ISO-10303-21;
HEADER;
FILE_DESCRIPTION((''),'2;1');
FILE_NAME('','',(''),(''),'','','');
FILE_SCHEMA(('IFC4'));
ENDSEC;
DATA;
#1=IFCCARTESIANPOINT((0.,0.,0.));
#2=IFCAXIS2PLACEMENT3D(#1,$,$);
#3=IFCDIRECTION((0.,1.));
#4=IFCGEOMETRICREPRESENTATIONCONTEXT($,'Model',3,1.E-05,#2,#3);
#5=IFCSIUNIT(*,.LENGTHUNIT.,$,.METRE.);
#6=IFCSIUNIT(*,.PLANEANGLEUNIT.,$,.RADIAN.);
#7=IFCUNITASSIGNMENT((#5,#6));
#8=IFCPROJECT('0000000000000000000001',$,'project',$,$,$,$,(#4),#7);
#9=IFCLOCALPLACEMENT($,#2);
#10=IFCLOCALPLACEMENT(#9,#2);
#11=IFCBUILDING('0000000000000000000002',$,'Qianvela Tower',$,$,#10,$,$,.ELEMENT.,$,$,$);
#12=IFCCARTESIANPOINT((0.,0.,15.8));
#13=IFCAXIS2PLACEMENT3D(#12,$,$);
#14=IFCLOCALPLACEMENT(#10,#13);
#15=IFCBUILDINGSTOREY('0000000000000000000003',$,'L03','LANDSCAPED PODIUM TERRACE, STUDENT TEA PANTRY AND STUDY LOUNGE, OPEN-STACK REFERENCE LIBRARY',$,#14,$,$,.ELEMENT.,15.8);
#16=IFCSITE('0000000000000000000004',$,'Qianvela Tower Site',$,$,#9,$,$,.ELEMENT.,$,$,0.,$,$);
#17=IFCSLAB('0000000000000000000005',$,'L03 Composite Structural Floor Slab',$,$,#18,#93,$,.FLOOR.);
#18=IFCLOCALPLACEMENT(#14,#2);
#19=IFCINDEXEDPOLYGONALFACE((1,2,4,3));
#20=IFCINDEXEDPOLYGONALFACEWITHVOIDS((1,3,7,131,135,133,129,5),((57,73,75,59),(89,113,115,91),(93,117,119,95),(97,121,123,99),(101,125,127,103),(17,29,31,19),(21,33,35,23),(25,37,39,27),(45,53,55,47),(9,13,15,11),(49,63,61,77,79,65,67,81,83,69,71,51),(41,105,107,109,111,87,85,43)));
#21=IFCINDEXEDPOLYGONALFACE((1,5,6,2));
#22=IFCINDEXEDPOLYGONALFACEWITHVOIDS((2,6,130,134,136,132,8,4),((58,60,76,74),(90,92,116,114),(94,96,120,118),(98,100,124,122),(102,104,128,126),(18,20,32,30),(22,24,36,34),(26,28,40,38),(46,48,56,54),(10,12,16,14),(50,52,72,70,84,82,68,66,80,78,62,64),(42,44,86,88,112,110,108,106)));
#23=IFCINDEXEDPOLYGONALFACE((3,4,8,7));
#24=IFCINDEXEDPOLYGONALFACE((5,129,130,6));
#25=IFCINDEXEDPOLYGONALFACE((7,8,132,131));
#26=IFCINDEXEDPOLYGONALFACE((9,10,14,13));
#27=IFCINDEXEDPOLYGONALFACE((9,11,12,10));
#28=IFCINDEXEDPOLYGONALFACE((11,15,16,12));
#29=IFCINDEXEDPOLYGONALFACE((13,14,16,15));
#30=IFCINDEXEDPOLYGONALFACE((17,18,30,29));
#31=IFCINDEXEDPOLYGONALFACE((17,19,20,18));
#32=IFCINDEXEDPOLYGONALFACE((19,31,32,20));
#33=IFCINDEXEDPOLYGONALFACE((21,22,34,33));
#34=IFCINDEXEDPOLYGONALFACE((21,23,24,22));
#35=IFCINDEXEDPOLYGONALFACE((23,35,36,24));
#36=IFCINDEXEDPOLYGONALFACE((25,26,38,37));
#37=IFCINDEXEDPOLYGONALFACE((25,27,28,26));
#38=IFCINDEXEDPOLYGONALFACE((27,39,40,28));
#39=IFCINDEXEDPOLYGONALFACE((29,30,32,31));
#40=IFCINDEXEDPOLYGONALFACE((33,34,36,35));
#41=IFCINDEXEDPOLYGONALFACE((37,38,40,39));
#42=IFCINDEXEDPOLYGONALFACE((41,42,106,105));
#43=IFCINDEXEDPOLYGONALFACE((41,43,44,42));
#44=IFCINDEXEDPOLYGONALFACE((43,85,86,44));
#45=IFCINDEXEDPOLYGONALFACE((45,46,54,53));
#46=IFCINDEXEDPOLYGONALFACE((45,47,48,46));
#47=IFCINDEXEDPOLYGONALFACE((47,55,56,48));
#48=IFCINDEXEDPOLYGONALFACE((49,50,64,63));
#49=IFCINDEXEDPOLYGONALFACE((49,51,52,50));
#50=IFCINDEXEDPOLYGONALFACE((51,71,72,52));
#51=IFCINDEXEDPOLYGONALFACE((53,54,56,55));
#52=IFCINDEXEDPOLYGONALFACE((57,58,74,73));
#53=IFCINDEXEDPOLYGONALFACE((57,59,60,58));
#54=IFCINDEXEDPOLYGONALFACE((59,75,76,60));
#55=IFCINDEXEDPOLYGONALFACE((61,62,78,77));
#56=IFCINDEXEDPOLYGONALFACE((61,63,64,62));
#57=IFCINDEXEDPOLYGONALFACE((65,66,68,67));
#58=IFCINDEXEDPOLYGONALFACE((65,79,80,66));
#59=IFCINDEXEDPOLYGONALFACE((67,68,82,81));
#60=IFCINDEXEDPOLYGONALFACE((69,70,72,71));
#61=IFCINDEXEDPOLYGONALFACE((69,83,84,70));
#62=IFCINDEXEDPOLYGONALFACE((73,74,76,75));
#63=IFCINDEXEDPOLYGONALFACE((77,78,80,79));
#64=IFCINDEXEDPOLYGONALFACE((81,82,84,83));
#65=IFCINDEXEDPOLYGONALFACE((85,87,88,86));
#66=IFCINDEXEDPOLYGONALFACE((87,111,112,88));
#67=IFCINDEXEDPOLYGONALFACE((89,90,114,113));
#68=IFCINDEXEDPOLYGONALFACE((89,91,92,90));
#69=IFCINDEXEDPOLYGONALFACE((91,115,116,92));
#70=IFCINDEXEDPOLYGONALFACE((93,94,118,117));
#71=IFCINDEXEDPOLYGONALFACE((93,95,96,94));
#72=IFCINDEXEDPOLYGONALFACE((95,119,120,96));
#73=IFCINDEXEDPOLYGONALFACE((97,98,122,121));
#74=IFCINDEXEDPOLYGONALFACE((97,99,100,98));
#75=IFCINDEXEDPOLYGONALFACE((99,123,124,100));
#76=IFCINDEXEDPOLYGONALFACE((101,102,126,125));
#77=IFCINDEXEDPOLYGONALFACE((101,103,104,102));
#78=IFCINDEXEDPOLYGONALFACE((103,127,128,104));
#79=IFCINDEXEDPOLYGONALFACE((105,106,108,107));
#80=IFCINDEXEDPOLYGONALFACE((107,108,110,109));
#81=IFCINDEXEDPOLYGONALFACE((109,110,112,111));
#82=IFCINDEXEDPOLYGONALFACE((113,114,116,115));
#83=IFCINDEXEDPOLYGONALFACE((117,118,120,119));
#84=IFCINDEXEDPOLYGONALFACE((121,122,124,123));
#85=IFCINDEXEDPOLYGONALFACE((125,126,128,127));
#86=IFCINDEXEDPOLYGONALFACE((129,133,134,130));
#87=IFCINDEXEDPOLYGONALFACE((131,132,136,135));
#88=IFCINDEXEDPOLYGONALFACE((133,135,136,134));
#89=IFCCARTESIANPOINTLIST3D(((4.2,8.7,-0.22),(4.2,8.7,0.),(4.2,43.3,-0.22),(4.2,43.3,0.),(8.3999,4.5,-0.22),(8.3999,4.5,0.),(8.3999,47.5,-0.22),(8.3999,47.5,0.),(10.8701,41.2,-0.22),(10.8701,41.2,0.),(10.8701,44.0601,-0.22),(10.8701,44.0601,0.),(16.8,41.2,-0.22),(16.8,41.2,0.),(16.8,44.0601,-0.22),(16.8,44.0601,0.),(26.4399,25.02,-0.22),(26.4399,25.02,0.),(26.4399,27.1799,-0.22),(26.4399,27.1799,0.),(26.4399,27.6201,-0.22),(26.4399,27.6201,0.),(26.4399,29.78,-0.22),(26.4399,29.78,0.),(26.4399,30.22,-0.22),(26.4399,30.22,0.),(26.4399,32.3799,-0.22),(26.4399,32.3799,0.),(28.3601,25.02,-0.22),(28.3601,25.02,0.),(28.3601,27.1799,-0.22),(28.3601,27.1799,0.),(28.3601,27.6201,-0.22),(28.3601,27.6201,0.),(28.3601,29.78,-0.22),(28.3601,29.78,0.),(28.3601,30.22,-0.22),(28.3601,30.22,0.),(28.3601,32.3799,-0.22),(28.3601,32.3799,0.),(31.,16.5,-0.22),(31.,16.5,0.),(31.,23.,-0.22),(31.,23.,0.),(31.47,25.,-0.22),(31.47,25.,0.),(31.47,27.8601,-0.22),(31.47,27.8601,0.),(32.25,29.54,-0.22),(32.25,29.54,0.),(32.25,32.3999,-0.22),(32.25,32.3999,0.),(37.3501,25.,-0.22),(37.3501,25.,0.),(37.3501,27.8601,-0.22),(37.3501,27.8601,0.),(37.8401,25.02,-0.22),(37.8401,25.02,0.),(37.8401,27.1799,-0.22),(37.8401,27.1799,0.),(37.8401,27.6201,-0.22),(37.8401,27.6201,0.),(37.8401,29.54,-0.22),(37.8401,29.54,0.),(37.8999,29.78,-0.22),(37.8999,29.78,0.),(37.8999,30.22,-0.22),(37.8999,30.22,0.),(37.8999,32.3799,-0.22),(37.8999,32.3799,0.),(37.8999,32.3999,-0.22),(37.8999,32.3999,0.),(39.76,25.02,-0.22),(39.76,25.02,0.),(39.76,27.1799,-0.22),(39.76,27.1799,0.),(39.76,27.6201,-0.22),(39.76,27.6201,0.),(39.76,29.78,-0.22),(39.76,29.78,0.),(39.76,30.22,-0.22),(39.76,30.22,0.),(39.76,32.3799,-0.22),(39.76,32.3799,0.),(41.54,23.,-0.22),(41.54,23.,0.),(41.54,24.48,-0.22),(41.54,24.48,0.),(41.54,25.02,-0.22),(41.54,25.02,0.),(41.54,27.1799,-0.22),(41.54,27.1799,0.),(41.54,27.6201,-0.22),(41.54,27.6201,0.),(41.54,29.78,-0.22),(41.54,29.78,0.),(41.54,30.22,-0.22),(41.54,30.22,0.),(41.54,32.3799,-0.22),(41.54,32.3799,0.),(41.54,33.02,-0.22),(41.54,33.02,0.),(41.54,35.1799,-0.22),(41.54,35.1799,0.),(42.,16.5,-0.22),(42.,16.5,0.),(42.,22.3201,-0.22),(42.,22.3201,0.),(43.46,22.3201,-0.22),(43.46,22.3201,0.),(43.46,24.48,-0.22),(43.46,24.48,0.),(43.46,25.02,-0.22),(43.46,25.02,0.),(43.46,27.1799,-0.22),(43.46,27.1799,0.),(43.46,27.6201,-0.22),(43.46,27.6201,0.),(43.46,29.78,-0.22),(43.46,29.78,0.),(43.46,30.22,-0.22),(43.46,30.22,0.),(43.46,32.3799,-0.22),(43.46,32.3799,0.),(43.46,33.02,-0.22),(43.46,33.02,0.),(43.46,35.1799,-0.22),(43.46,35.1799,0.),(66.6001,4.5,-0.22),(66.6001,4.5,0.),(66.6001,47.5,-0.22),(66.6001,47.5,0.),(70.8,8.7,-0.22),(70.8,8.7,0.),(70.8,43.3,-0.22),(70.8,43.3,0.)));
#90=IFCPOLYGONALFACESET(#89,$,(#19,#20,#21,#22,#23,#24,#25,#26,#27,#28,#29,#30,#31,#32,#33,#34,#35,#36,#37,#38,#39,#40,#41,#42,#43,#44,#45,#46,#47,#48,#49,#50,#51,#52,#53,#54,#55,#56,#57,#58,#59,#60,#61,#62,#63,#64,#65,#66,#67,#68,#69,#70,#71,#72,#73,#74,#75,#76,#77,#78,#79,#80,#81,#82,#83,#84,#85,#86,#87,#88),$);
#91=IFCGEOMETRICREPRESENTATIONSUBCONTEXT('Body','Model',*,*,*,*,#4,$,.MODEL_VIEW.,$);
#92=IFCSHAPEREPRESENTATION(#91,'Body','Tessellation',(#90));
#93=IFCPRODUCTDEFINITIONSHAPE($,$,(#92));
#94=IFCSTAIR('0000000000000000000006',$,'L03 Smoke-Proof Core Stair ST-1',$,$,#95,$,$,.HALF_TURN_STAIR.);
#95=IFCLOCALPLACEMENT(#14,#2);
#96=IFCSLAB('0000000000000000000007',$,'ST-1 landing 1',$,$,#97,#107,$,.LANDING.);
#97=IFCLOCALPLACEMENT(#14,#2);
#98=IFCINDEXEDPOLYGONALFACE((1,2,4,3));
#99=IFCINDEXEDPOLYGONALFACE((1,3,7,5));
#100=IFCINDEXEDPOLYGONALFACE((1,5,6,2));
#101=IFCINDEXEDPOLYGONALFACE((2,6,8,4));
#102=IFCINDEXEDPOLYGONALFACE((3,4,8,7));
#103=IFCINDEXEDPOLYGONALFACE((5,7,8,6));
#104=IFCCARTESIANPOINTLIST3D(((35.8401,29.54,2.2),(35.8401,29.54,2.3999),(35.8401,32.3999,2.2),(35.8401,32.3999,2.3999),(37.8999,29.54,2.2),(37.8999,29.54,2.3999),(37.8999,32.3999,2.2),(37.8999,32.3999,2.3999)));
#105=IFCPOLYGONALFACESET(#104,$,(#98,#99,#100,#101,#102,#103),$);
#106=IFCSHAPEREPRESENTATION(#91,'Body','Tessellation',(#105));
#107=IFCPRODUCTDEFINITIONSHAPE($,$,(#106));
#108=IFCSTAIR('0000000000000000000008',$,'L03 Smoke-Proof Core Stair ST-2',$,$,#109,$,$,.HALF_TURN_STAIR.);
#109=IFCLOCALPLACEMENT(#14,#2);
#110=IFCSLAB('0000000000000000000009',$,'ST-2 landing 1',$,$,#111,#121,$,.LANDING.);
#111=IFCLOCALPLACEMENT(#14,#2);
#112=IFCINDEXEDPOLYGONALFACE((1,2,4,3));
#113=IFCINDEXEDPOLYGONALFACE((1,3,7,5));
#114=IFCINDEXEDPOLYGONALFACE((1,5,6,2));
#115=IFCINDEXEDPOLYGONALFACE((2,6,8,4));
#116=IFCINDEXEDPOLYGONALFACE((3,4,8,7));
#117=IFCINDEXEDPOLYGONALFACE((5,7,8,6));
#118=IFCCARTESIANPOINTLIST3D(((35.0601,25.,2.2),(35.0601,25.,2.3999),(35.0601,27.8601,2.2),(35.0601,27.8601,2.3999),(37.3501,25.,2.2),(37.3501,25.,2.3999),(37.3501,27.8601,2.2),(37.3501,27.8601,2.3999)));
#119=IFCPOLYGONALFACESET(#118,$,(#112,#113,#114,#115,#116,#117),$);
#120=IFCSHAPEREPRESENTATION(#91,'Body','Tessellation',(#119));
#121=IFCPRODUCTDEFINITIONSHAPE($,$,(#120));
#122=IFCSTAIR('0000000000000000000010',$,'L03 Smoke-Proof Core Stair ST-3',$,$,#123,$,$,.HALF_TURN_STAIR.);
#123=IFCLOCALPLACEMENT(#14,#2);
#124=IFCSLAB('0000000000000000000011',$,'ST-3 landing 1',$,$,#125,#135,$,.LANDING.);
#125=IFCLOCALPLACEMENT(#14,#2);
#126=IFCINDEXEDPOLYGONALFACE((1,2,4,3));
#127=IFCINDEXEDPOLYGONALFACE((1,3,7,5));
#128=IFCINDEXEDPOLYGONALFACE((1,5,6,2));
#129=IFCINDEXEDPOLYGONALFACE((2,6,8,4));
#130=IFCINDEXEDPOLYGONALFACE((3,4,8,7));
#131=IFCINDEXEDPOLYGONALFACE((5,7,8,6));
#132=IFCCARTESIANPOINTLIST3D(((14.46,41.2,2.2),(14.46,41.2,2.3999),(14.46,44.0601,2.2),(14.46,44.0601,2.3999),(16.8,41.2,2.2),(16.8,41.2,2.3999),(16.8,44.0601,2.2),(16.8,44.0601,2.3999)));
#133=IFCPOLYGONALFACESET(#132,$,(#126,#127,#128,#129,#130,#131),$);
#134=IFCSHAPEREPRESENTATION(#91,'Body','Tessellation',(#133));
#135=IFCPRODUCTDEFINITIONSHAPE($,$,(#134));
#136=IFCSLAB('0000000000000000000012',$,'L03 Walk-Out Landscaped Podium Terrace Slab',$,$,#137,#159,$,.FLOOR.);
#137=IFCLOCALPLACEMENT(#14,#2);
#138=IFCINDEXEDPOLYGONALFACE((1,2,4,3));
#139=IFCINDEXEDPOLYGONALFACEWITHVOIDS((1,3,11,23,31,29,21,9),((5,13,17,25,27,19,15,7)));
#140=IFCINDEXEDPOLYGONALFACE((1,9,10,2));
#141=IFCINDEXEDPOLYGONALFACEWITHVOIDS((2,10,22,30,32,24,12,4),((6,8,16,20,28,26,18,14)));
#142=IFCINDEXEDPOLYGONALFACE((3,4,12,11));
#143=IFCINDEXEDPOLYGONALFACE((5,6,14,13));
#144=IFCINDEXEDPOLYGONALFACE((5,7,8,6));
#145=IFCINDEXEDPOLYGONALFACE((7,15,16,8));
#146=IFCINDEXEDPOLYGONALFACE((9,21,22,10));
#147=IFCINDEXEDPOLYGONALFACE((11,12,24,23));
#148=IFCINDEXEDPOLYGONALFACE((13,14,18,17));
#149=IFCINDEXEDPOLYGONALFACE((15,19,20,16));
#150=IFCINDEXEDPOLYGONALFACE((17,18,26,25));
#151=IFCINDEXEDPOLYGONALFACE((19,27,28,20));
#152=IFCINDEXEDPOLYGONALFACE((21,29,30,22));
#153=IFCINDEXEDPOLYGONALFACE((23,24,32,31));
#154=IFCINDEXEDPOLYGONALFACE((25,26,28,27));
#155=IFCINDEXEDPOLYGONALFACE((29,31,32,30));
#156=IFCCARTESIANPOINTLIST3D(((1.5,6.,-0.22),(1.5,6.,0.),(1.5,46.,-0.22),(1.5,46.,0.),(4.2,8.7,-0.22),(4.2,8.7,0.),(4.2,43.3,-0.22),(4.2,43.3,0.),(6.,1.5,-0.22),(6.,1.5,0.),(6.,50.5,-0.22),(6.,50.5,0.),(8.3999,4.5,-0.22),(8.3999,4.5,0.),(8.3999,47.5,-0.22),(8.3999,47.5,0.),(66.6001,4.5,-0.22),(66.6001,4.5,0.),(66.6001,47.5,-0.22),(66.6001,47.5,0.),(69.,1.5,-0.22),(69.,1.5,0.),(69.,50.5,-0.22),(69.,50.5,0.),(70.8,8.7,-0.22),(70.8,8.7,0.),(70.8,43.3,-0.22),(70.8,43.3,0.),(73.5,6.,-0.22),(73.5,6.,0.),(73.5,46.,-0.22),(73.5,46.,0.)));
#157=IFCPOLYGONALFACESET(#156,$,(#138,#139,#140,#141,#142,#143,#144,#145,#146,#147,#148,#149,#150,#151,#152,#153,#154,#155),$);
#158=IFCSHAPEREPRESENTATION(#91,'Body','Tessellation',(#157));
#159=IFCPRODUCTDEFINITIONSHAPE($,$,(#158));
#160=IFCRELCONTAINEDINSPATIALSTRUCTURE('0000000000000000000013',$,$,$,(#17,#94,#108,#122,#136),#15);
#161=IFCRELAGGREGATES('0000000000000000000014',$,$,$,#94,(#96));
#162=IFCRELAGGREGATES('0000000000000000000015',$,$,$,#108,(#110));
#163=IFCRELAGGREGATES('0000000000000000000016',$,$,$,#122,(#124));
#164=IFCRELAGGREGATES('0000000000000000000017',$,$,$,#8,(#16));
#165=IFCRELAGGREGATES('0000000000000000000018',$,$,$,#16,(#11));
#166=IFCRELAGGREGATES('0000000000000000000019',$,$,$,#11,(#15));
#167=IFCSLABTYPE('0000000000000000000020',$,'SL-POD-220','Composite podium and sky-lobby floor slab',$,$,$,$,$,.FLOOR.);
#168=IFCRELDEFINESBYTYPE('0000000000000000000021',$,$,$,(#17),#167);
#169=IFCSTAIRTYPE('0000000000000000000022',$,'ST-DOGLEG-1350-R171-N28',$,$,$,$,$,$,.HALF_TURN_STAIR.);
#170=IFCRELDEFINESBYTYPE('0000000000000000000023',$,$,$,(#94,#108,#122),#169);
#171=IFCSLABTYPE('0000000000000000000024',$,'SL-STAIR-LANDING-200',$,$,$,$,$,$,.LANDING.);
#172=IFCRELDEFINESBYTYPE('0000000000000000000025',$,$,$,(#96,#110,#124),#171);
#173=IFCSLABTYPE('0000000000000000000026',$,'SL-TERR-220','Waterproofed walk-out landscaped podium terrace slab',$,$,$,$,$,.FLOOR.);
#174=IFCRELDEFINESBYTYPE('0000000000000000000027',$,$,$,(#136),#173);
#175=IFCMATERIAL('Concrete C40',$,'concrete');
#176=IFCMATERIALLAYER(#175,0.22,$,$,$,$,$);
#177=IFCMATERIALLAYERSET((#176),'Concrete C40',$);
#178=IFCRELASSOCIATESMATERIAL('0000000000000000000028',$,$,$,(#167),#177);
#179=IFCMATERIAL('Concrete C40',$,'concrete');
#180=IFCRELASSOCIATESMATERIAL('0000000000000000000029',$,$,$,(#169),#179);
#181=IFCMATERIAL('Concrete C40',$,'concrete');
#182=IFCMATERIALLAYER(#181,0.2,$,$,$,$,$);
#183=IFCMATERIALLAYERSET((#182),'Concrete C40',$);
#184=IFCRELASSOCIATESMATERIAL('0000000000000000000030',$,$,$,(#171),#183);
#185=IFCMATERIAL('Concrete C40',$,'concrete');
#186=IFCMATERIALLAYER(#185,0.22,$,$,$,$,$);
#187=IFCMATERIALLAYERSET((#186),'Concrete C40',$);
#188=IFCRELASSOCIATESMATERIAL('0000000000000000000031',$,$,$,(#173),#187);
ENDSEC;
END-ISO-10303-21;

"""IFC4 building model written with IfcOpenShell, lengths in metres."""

from ifc_helpers import new_model, si_unit, direction, frame, origin, place, context, subcontext, project, spatial, polyline, outline, extrude, material, layer, layer_set, type_object, element, aggregate, save


model = new_model("IFC4")

# Units and contexts
model_context = context("Model", 3, precision=1e-05, world=origin(), true_north=direction((0.0, 1.0)))
body_context = subcontext(model_context, "Body", "Model", "MODEL_VIEW")
ifc_project = project(units=[si_unit("LENGTHUNIT", "METRE"), si_unit("PLANEANGLEUNIT", "RADIAN")], contexts=[model_context])

# Site, building, storey
site_placement = place(None, origin())
site = spatial("IfcSite", under=ifc_project, at=site_placement, Name="Qianvela Tower Site", CompositionType="ELEMENT", RefElevation=0.0)
building_placement = place(site_placement, origin())
building = spatial("IfcBuilding", under=site, at=building_placement, Name="Qianvela Tower", CompositionType="ELEMENT")
storey_placement = place(building_placement, frame((0.0, 0.0, 15.8)))
storey = spatial("IfcBuildingStorey", under=building, at=storey_placement, Name="L03", Description="LANDSCAPED PODIUM TERRACE, STUDENT TEA PANTRY AND STUDY LOUNGE, OPEN-STACK REFERENCE LIBRARY", CompositionType="ELEMENT", Elevation=15.8)

# Slab
ifc_material_1 = material(Name="Concrete C40", Category="concrete")
ifc_layer_1 = layer(ifc_material_1, 0.22)
ifc_layer_set_1 = layer_set([ifc_layer_1], Name="Concrete C40")
slab_type_1 = type_object("IfcSlabType", Name="SL-POD-220", Description="Composite podium and sky-lobby floor slab", PredefinedType="FLOOR", material=ifc_layer_set_1)
slab_1_placement = place(storey_placement, frame((0.0, 0.0, -0.22)))
element("IfcSlab", 1, at=slab_1_placement, inside=storey, type_object=slab_type_1, Name="L03 Composite Structural Floor Slab", PredefinedType="FLOOR", context=body_context, shape_type="SweptSolid", body=[
    extrude(outline(polyline([(8.3999, 4.5), (66.6001, 4.5), (70.8, 8.7), (70.8, 43.3), (66.6001, 47.5), (8.3999, 47.5), (4.2, 43.3), (4.2, 8.7), (8.3999, 4.5)]), holes=[polyline([(42.0, 22.3201), (43.46, 22.3201), (43.46, 24.48), (41.54, 24.48), (41.54, 23.0), (31.0, 23.0), (31.0, 16.5), (42.0, 16.5), (42.0, 22.3201)]), polyline([(28.3601, 25.02), (28.3601, 27.1799), (26.4399, 27.1799), (26.4399, 25.02), (28.3601, 25.02)]), polyline([(37.3501, 25.0), (37.3501, 27.8601), (31.47, 27.8601), (31.47, 25.0), (37.3501, 25.0)]), polyline([(28.3601, 27.6201), (28.3601, 29.78), (26.4399, 29.78), (26.4399, 27.6201), (28.3601, 27.6201)]), polyline([(37.8999, 32.3799), (37.8999, 32.3999), (32.25, 32.3999), (32.25, 29.54), (37.8401, 29.54), (37.8401, 27.6201), (39.76, 27.6201), (39.76, 29.78), (37.8999, 29.78), (37.8999, 30.22), (39.76, 30.22), (39.76, 32.3799), (37.8999, 32.3799)]), polyline([(28.3601, 30.22), (28.3601, 32.3799), (26.4399, 32.3799), (26.4399, 30.22), (28.3601, 30.22)]), polyline([(16.8, 41.2), (16.8, 44.0601), (10.8701, 44.0601), (10.8701, 41.2), (16.8, 41.2)]), polyline([(39.76, 25.02), (39.76, 27.1799), (37.8401, 27.1799), (37.8401, 25.02), (39.76, 25.02)]), polyline([(43.46, 25.02), (43.46, 27.1799), (41.54, 27.1799), (41.54, 25.02), (43.46, 25.02)]), polyline([(43.46, 27.6201), (43.46, 29.78), (41.54, 29.78), (41.54, 27.6201), (43.46, 27.6201)]), polyline([(43.46, 30.22), (43.46, 32.3799), (41.54, 32.3799), (41.54, 30.22), (43.46, 30.22)]), polyline([(43.46, 33.02), (43.46, 35.1799), (41.54, 35.1799), (41.54, 33.02), (43.46, 33.02)])]), origin(), (0.0, 0.0, 1.0), 0.22),
])

# Stairs, slabs
ifc_material_2 = material(Name="Concrete C40", Category="concrete")
stair_type = type_object("IfcStairType", Name="ST-DOGLEG-1350-R171-N28", PredefinedType="HALF_TURN_STAIR", material=ifc_material_2)
stair_1_placement = place(storey_placement, origin())
stair_1 = element("IfcStair", 2, at=stair_1_placement, inside=storey, type_object=stair_type, Name="L03 Smoke-Proof Core Stair ST-1", PredefinedType="HALF_TURN_STAIR")
ifc_material_3 = material(Name="Concrete C40", Category="concrete")
ifc_layer_2 = layer(ifc_material_3, 0.2)
ifc_layer_set_2 = layer_set([ifc_layer_2], Name="Concrete C40")
slab_type_2 = type_object("IfcSlabType", Name="SL-STAIR-LANDING-200", PredefinedType="LANDING", material=ifc_layer_set_2)
slab_2_placement = place(storey_placement, frame((0.0, 0.0, 2.2)))
slab_2 = element("IfcSlab", 3, at=slab_2_placement, type_object=slab_type_2, Name="ST-1 landing 1", PredefinedType="LANDING", context=body_context, shape_type="SweptSolid", body=[
    extrude(outline(polyline([(35.8401, 29.54), (37.8999, 29.54), (37.8999, 32.3999), (35.8401, 32.3999), (35.8401, 29.54)])), origin(), (0.0, 0.0, 1.0), 0.2),
])
aggregate(stair_1, [slab_2])
stair_2_placement = place(storey_placement, origin())
stair_2 = element("IfcStair", 4, at=stair_2_placement, inside=storey, type_object=stair_type, Name="L03 Smoke-Proof Core Stair ST-2", PredefinedType="HALF_TURN_STAIR")
slab_3_placement = place(storey_placement, frame((0.0, 0.0, 2.2)))
slab_3 = element("IfcSlab", 5, at=slab_3_placement, type_object=slab_type_2, Name="ST-2 landing 1", PredefinedType="LANDING", context=body_context, shape_type="SweptSolid", body=[
    extrude(outline(polyline([(35.0601, 25.0), (37.3501, 25.0), (37.3501, 27.8601), (35.0601, 27.8601), (35.0601, 25.0)])), origin(), (0.0, 0.0, 1.0), 0.2),
])
aggregate(stair_2, [slab_3])
stair_3_placement = place(storey_placement, origin())
stair_3 = element("IfcStair", 6, at=stair_3_placement, inside=storey, type_object=stair_type, Name="L03 Smoke-Proof Core Stair ST-3", PredefinedType="HALF_TURN_STAIR")
slab_4_placement = place(storey_placement, frame((0.0, 0.0, 2.2)))
slab_4 = element("IfcSlab", 7, at=slab_4_placement, type_object=slab_type_2, Name="ST-3 landing 1", PredefinedType="LANDING", context=body_context, shape_type="SweptSolid", body=[
    extrude(outline(polyline([(14.46, 41.2), (16.8, 41.2), (16.8, 44.0601), (14.46, 44.0601), (14.46, 41.2)])), origin(), (0.0, 0.0, 1.0), 0.2),
])
aggregate(stair_3, [slab_4])

# Slab
ifc_material_4 = material(Name="Concrete C40", Category="concrete")
ifc_layer_3 = layer(ifc_material_4, 0.22)
ifc_layer_set_3 = layer_set([ifc_layer_3], Name="Concrete C40")
slab_type_3 = type_object("IfcSlabType", Name="SL-TERR-220", Description="Waterproofed walk-out landscaped podium terrace slab", PredefinedType="FLOOR", material=ifc_layer_set_3)
slab_5_placement = place(storey_placement, frame((0.0, 0.0, -0.22)))
element("IfcSlab", 8, at=slab_5_placement, inside=storey, type_object=slab_type_3, Name="L03 Walk-Out Landscaped Podium Terrace Slab", PredefinedType="FLOOR", context=body_context, shape_type="SweptSolid", body=[
    extrude(outline(polyline([(6.0, 1.5), (69.0, 1.5), (73.5, 6.0), (73.5, 46.0), (69.0, 50.5), (6.0, 50.5), (1.5, 46.0), (1.5, 6.0), (6.0, 1.5)]), holes=[polyline([(8.3999, 4.5), (66.6001, 4.5), (70.8, 8.7), (70.8, 43.3), (66.6001, 47.5), (8.3999, 47.5), (4.2, 43.3), (4.2, 8.7), (8.3999, 4.5)])]), origin(), (0.0, 0.0, 1.0), 0.22),
])

save(model, "model.ifc")
